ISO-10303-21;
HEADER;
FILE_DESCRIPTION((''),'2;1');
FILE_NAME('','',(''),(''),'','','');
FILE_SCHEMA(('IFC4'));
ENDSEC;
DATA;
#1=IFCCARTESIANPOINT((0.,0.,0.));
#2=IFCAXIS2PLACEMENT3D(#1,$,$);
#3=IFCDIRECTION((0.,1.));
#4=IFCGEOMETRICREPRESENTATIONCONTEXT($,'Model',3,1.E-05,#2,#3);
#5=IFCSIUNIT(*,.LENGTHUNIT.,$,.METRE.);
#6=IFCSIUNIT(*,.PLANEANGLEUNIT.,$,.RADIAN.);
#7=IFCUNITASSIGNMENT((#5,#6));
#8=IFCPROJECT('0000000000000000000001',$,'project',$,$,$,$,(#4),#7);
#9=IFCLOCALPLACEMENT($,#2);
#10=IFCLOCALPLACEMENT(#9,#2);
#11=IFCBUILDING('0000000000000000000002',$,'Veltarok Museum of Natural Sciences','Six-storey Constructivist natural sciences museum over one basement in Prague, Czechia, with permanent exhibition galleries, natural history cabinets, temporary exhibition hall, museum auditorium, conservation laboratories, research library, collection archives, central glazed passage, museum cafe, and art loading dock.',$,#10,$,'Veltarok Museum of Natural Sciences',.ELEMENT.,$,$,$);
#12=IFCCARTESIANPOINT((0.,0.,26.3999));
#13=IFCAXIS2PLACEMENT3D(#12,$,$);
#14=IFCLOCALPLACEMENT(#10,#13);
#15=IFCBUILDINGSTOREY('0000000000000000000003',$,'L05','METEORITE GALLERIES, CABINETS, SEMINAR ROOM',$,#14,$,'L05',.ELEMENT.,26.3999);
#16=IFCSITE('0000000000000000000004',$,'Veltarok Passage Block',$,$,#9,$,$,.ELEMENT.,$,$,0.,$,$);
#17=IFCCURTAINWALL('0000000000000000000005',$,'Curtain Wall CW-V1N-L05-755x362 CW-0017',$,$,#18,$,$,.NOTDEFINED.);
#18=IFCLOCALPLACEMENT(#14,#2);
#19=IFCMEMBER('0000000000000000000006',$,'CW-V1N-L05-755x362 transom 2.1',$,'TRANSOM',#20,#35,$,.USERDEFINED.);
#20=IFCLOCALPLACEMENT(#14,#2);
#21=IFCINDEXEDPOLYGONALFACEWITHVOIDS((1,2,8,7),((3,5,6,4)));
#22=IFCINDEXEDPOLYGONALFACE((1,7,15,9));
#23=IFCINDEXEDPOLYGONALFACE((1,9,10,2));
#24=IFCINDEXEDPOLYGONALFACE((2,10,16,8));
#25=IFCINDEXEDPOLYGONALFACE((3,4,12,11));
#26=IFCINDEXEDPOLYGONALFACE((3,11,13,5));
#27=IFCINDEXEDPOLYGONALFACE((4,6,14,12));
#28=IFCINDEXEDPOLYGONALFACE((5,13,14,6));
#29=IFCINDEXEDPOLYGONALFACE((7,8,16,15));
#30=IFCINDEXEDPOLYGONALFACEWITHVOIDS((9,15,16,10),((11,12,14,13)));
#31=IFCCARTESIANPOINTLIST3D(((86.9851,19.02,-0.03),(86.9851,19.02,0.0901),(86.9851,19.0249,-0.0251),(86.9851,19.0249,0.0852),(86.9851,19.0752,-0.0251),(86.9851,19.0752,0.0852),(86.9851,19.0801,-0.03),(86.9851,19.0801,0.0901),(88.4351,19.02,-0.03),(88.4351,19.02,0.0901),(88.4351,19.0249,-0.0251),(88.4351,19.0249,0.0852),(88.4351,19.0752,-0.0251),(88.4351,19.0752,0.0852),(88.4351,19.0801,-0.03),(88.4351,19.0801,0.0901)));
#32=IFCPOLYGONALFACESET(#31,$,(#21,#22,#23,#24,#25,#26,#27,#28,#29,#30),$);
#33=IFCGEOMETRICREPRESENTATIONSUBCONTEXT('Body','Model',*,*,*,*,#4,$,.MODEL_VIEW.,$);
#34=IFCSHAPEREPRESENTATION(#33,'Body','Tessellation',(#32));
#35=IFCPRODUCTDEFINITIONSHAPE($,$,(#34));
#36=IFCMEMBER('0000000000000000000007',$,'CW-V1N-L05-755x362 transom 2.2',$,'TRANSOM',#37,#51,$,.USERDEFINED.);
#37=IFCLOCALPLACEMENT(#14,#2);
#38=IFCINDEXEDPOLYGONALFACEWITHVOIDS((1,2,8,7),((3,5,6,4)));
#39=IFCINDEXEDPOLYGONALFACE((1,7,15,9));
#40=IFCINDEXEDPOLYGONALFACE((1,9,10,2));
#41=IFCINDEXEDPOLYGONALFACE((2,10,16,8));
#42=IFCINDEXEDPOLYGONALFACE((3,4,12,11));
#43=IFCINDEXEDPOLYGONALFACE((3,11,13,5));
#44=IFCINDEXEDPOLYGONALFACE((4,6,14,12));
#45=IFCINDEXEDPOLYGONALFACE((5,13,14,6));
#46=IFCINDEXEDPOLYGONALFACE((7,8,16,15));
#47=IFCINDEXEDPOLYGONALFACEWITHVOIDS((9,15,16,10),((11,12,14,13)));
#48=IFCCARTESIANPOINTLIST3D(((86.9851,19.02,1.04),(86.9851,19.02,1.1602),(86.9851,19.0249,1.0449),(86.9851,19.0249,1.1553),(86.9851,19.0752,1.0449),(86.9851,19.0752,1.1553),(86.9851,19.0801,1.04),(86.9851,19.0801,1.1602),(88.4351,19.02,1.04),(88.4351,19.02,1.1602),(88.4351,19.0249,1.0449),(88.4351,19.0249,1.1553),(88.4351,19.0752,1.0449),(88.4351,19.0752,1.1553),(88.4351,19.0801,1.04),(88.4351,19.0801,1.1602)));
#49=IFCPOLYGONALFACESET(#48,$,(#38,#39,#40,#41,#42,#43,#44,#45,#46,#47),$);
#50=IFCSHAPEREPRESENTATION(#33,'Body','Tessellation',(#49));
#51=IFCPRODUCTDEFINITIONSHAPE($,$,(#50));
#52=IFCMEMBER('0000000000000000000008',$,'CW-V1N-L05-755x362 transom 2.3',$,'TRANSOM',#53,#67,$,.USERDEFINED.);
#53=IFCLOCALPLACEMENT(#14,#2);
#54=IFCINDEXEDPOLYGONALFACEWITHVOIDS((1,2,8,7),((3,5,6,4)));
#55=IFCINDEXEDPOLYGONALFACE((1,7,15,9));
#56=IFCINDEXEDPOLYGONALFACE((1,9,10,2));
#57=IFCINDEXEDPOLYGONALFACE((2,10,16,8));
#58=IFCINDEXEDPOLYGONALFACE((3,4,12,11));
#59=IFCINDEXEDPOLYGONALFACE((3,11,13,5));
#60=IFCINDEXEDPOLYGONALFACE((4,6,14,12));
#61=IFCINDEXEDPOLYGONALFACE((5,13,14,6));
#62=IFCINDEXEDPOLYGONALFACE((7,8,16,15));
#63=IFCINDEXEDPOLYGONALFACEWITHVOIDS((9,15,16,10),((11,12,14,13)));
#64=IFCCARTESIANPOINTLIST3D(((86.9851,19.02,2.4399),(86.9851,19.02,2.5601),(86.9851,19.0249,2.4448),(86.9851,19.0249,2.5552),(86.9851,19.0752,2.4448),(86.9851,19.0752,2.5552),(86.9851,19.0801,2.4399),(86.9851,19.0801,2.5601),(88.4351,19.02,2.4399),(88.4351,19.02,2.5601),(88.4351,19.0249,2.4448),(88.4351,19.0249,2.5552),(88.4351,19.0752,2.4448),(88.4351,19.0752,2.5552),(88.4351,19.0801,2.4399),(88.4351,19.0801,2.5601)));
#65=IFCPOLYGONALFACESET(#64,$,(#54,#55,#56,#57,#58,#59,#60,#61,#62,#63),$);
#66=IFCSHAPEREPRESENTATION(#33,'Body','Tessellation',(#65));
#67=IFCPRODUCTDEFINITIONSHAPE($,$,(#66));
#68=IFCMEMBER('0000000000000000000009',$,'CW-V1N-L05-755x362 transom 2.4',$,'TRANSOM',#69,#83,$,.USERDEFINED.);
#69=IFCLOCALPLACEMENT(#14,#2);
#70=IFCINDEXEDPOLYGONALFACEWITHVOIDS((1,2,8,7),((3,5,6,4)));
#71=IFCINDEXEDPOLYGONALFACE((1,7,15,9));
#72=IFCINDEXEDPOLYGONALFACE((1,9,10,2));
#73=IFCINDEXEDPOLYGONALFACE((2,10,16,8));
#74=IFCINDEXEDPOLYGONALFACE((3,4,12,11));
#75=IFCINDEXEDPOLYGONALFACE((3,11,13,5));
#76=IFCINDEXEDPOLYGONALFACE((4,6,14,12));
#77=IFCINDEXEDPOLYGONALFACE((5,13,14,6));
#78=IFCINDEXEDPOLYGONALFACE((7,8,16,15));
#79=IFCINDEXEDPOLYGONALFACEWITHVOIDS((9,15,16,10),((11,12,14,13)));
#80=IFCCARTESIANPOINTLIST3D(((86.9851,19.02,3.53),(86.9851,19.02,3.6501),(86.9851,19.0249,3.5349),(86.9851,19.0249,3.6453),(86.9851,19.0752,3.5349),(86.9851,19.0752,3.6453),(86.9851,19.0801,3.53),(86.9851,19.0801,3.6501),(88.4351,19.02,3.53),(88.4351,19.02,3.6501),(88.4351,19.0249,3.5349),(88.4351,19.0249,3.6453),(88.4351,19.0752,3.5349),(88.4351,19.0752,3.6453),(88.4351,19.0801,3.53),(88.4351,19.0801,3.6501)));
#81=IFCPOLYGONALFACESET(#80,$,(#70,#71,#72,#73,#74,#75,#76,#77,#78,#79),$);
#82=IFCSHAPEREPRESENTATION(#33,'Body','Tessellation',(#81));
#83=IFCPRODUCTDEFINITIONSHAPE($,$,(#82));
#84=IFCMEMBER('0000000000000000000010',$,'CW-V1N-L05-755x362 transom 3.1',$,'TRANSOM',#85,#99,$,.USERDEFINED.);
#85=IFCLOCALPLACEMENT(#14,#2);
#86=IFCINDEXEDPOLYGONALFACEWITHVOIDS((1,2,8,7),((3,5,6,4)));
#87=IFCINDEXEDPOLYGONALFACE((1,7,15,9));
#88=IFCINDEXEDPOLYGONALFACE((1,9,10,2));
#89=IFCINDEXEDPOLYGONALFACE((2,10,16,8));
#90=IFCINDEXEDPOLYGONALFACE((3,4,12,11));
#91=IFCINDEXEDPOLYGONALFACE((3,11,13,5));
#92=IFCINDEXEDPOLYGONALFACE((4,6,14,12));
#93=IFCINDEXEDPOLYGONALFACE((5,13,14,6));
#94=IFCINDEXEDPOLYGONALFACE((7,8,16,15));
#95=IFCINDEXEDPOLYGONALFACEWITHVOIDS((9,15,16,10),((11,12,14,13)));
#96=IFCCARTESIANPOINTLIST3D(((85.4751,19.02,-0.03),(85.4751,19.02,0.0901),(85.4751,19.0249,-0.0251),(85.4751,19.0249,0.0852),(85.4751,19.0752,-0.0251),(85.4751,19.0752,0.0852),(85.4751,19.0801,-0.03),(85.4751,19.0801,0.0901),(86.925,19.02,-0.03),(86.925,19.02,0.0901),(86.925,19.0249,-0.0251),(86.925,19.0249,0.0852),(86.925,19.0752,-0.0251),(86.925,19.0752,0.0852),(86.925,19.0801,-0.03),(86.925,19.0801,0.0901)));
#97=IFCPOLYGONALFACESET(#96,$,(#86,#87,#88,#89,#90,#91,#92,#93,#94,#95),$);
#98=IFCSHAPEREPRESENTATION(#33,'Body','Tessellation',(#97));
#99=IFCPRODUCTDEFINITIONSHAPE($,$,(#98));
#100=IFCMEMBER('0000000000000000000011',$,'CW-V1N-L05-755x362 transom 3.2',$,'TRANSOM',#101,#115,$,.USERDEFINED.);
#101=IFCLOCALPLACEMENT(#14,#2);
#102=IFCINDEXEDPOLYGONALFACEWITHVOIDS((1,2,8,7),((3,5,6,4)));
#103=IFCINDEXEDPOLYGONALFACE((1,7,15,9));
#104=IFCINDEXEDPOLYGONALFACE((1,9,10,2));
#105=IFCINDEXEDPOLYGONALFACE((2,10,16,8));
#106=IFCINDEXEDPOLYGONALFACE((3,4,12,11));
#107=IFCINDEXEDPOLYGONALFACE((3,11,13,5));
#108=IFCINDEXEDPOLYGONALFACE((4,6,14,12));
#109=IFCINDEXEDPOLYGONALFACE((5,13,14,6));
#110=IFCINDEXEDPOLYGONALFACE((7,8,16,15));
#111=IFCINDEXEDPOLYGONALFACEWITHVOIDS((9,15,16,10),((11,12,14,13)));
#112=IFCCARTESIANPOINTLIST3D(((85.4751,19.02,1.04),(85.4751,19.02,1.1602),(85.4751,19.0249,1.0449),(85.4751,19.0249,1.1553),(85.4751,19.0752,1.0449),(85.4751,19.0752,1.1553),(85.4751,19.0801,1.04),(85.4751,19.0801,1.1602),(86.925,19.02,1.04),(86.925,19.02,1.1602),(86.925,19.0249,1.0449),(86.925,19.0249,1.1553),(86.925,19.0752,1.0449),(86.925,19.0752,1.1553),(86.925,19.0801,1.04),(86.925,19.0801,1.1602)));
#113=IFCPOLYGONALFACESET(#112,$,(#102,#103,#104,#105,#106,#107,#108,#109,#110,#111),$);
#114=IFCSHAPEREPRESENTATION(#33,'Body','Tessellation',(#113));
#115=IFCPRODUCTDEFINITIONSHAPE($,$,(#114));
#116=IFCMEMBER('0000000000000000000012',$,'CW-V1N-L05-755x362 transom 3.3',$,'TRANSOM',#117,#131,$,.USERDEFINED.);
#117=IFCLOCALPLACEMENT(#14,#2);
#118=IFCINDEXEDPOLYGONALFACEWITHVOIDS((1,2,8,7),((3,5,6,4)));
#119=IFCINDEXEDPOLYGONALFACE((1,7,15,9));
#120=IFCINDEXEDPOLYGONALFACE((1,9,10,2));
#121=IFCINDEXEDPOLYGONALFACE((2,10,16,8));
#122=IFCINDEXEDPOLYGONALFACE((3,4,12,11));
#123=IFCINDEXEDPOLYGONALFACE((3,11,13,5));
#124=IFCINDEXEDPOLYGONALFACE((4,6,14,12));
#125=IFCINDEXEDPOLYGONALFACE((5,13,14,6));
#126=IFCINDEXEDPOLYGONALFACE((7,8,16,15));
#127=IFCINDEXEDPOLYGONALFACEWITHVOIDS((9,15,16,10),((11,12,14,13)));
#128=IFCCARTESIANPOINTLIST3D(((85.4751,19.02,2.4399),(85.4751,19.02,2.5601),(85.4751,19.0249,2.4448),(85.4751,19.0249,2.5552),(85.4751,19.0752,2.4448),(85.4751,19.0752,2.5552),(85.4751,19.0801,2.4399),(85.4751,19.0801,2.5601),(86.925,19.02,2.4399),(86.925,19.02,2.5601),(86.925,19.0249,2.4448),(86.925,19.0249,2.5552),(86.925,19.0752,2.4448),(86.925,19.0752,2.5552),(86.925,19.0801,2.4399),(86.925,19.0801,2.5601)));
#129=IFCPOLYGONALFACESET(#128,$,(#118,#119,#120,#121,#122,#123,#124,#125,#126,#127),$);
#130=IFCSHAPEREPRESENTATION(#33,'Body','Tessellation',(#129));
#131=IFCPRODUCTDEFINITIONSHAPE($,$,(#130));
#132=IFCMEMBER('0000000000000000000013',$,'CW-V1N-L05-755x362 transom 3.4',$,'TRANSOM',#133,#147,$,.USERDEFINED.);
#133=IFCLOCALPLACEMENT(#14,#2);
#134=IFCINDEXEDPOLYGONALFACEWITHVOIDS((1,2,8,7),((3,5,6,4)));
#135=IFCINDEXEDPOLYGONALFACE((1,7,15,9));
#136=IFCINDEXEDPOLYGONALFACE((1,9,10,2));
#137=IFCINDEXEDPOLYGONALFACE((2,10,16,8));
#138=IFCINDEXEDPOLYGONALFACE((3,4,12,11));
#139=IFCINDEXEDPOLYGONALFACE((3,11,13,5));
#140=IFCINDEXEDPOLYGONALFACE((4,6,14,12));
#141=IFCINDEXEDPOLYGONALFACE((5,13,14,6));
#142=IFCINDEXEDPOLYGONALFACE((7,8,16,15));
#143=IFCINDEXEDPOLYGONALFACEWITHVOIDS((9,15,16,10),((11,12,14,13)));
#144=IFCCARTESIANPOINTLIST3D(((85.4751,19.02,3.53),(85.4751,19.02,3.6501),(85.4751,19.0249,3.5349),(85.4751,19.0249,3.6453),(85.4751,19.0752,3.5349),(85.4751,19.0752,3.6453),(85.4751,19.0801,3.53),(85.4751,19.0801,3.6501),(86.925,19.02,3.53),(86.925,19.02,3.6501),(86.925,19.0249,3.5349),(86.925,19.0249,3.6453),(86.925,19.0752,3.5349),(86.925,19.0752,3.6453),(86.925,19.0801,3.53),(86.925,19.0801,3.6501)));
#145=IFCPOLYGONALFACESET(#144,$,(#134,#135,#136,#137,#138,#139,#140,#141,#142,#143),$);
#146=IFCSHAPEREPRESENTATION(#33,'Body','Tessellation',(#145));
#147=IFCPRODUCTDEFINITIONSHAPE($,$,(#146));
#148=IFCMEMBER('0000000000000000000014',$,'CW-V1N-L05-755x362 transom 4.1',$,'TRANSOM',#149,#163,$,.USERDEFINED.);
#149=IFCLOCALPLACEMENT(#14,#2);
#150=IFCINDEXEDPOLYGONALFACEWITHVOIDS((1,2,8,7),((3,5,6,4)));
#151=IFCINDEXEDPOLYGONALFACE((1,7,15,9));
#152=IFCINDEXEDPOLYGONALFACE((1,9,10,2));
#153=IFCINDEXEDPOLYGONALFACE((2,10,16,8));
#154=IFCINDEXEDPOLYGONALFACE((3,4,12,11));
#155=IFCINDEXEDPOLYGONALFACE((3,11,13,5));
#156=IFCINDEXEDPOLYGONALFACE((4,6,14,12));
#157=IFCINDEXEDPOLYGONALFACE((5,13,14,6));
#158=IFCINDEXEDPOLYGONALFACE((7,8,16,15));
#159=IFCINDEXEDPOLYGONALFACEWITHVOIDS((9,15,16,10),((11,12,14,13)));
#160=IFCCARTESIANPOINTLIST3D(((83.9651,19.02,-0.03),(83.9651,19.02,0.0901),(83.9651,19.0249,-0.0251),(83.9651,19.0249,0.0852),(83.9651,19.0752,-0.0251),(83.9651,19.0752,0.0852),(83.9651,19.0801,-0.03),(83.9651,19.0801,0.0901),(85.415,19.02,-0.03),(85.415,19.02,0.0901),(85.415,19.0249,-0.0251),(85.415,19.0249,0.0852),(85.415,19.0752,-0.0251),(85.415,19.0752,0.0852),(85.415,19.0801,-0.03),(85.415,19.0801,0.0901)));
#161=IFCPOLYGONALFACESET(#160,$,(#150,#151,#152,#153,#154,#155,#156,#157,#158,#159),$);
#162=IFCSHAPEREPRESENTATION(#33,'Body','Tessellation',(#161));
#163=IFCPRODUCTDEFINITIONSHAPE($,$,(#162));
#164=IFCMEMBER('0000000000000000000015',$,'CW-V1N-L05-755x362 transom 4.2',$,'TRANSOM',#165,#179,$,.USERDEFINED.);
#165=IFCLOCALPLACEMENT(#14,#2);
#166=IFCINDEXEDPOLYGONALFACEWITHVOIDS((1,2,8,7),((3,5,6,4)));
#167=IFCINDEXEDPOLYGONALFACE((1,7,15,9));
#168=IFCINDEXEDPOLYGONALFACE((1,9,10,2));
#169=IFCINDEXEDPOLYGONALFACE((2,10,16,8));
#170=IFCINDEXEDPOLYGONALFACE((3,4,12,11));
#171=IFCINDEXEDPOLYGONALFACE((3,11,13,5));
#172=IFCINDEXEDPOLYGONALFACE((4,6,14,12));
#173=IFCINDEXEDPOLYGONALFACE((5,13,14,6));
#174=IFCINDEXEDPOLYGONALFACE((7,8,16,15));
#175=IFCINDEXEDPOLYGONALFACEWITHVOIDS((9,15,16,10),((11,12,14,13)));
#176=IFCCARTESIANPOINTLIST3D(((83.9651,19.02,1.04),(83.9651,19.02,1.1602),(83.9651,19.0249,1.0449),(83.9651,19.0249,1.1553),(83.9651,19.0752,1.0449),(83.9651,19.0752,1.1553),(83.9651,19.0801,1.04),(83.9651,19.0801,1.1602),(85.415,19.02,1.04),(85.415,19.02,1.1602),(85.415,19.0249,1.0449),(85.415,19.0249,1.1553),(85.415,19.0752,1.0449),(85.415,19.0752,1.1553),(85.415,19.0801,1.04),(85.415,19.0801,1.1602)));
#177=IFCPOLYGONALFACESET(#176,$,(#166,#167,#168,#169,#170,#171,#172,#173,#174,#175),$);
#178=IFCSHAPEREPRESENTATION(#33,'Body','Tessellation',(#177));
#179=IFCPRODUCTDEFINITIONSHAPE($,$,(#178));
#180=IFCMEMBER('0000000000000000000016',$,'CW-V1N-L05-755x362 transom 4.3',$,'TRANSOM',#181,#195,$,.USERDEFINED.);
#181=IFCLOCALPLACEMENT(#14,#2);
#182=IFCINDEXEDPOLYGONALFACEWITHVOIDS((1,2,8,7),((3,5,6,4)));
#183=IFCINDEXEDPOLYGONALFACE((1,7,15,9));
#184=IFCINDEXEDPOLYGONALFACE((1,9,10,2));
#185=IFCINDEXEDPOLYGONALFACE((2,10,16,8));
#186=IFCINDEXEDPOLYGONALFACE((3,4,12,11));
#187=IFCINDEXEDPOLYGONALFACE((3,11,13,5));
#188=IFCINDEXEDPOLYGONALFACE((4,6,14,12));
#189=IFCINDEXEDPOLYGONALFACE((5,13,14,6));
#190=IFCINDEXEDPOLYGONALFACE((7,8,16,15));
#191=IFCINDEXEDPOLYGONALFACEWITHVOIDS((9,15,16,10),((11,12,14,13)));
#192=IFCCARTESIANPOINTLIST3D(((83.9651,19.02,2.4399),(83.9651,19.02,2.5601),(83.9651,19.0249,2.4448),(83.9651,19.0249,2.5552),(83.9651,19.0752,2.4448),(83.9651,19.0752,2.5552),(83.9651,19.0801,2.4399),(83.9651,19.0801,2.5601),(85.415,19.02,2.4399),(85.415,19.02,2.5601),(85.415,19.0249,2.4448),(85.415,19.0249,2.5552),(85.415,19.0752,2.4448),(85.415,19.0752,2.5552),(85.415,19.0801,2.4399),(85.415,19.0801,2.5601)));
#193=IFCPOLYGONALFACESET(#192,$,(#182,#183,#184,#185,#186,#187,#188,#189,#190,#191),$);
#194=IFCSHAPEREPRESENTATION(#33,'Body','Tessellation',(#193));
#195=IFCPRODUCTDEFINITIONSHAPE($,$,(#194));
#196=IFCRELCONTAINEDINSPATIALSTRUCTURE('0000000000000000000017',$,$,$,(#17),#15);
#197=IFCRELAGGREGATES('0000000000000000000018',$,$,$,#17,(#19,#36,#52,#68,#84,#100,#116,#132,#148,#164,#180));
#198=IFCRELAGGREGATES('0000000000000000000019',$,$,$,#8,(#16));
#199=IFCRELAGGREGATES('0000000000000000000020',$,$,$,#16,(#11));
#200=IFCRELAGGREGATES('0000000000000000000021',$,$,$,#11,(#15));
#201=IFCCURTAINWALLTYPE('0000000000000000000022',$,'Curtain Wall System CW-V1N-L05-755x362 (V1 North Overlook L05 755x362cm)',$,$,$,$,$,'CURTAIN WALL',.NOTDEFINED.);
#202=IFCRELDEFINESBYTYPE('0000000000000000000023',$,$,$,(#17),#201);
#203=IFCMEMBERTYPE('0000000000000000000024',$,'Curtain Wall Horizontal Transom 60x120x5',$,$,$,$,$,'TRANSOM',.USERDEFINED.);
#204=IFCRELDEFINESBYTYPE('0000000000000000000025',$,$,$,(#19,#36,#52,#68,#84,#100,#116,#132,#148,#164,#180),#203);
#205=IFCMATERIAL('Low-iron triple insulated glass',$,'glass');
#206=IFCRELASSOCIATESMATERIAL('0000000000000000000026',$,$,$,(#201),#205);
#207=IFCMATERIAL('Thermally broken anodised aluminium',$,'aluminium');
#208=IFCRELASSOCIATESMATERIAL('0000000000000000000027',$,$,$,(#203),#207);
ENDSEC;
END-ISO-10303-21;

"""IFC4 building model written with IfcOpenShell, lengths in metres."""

from ifc_helpers import new_model, si_unit, direction, frame, origin, origin_2d, place, context, subcontext, project, spatial, hollow_rectangle, extrude, material, material_profile, profile_set, type_object, element, aggregate, save


model = new_model("IFC4")

# Units and contexts
model_context = context("Model", 3, precision=1e-05, world=origin(), true_north=direction((0.0, 1.0)))
body_context = subcontext(model_context, "Body", "Model", "MODEL_VIEW")
ifc_project = project(units=[si_unit("LENGTHUNIT", "METRE"), si_unit("PLANEANGLEUNIT", "RADIAN")], contexts=[model_context])

# Site, building, storey
site_placement = place(None, origin())
site = spatial("IfcSite", under=ifc_project, at=site_placement, Name="Veltarok Passage Block", CompositionType="ELEMENT", RefElevation=0.0)
building_placement = place(site_placement, origin())
building = spatial("IfcBuilding", under=site, at=building_placement, Name="Veltarok Museum of Natural Sciences", Description="Six-storey Constructivist natural sciences museum over one basement in Prague, Czechia, with permanent exhibition galleries, natural history cabinets, temporary exhibition hall, museum auditorium, conservation laboratories, research library, collection archives, central glazed passage, museum cafe, and art loading dock.", LongName="Veltarok Museum of Natural Sciences", CompositionType="ELEMENT")
storey_placement = place(building_placement, frame((0.0, 0.0, 26.3999)))
storey = spatial("IfcBuildingStorey", under=building, at=storey_placement, Name="L05", Description="METEORITE GALLERIES, CABINETS, SEMINAR ROOM", LongName="L05", CompositionType="ELEMENT", Elevation=26.3999)

# Curtain wall, members
ifc_material_1 = material(Name="Low-iron triple insulated glass", Category="glass")
curtain_wall_type = type_object("IfcCurtainWallType", Name="Curtain Wall System CW-V1N-L05-755x362 (V1 North Overlook L05 755x362cm)", ElementType="CURTAIN WALL", PredefinedType="NOTDEFINED", material=ifc_material_1)
curtain_wall_placement = place(storey_placement, origin())
curtain_wall = element("IfcCurtainWall", 1, at=curtain_wall_placement, inside=storey, type_object=curtain_wall_type, Name="Curtain Wall CW-V1N-L05-755x362 CW-0017", PredefinedType="NOTDEFINED")
ifc_material_2 = material(Name="Thermally broken anodised aluminium", Category="aluminium")
ifc_material_profile_1 = material_profile(ifc_material_2, hollow_rectangle(XDim=0.0601, YDim=0.1201, WallThickness=0.0049, at=origin_2d()), Name="CW TRANSOM 60x120x5")
ifc_profile_set_1 = profile_set([ifc_material_profile_1], Name="Thermally broken anodised aluminium")
member_type_1 = type_object("IfcMemberType", Name="Curtain Wall Horizontal Transom 60x120x5", ElementType="TRANSOM", PredefinedType="USERDEFINED", material=ifc_profile_set_1)
member_1_placement = place(storey_placement, frame((88.4351, 19.05, 0.03), z_axis=(-1.0, 0.0, 0.0), x_axis=(0.0, -1.0, 0.0)))
member_1 = element("IfcMember", 2, at=member_1_placement, type_object=member_type_1, Name="CW-V1N-L05-755x362 transom 2.1", ObjectType="TRANSOM", PredefinedType="USERDEFINED", context=body_context, shape_type="SweptSolid", body=[
    extrude(hollow_rectangle(XDim=0.0601, YDim=0.1201, WallThickness=0.0049, at=origin_2d()), origin(), (0.0, 0.0, 1.0), 1.45),
])
member_2_placement = place(storey_placement, frame((88.4351, 19.05, 1.1001), z_axis=(-1.0, 0.0, 0.0), x_axis=(0.0, -1.0, 0.0)))
member_2 = element("IfcMember", 3, at=member_2_placement, type_object=member_type_1, Name="CW-V1N-L05-755x362 transom 2.2", ObjectType="TRANSOM", PredefinedType="USERDEFINED", context=body_context, shape_type="SweptSolid", body=[
    extrude(hollow_rectangle(XDim=0.0601, YDim=0.1201, WallThickness=0.0049, at=origin_2d()), origin(), (0.0, 0.0, 1.0), 1.45),
])
member_3_placement = place(storey_placement, frame((88.4351, 19.05, 2.5), z_axis=(-1.0, 0.0, 0.0), x_axis=(0.0, -1.0, 0.0)))
member_3 = element("IfcMember", 4, at=member_3_placement, type_object=member_type_1, Name="CW-V1N-L05-755x362 transom 2.3", ObjectType="TRANSOM", PredefinedType="USERDEFINED", context=body_context, shape_type="SweptSolid", body=[
    extrude(hollow_rectangle(XDim=0.0601, YDim=0.1201, WallThickness=0.0049, at=origin_2d()), origin(), (0.0, 0.0, 1.0), 1.45),
])
member_4_placement = place(storey_placement, frame((88.4351, 19.05, 3.5901), z_axis=(-1.0, 0.0, 0.0), x_axis=(0.0, -1.0, 0.0)))
member_4 = element("IfcMember", 5, at=member_4_placement, type_object=member_type_1, Name="CW-V1N-L05-755x362 transom 2.4", ObjectType="TRANSOM", PredefinedType="USERDEFINED", context=body_context, shape_type="SweptSolid", body=[
    extrude(hollow_rectangle(XDim=0.0601, YDim=0.1201, WallThickness=0.0049, at=origin_2d()), origin(), (0.0, 0.0, 1.0), 1.45),
])
member_5_placement = place(storey_placement, frame((86.925, 19.05, 0.03), z_axis=(-1.0, 0.0, 0.0), x_axis=(0.0, -1.0, 0.0)))
member_5 = element("IfcMember", 6, at=member_5_placement, type_object=member_type_1, Name="CW-V1N-L05-755x362 transom 3.1", ObjectType="TRANSOM", PredefinedType="USERDEFINED", context=body_context, shape_type="SweptSolid", body=[
    extrude(hollow_rectangle(XDim=0.0601, YDim=0.1201, WallThickness=0.0049, at=origin_2d()), origin(), (0.0, 0.0, 1.0), 1.45),
])
member_6_placement = place(storey_placement, frame((86.925, 19.05, 1.1001), z_axis=(-1.0, 0.0, 0.0), x_axis=(0.0, -1.0, 0.0)))
member_6 = element("IfcMember", 7, at=member_6_placement, type_object=member_type_1, Name="CW-V1N-L05-755x362 transom 3.2", ObjectType="TRANSOM", PredefinedType="USERDEFINED", context=body_context, shape_type="SweptSolid", body=[
    extrude(hollow_rectangle(XDim=0.0601, YDim=0.1201, WallThickness=0.0049, at=origin_2d()), origin(), (0.0, 0.0, 1.0), 1.45),
])
member_7_placement = place(storey_placement, frame((86.925, 19.05, 2.5), z_axis=(-1.0, 0.0, 0.0), x_axis=(0.0, -1.0, 0.0)))
member_7 = element("IfcMember", 8, at=member_7_placement, type_object=member_type_1, Name="CW-V1N-L05-755x362 transom 3.3", ObjectType="TRANSOM", PredefinedType="USERDEFINED", context=body_context, shape_type="SweptSolid", body=[
    extrude(hollow_rectangle(XDim=0.0601, YDim=0.1201, WallThickness=0.0049, at=origin_2d()), origin(), (0.0, 0.0, 1.0), 1.45),
])
member_8_placement = place(storey_placement, frame((86.925, 19.05, 3.5901), z_axis=(-1.0, 0.0, 0.0), x_axis=(0.0, -1.0, 0.0)))
member_8 = element("IfcMember", 9, at=member_8_placement, type_object=member_type_1, Name="CW-V1N-L05-755x362 transom 3.4", ObjectType="TRANSOM", PredefinedType="USERDEFINED", context=body_context, shape_type="SweptSolid", body=[
    extrude(hollow_rectangle(XDim=0.0601, YDim=0.1201, WallThickness=0.0049, at=origin_2d()), origin(), (0.0, 0.0, 1.0), 1.45),
])
member_9_placement = place(storey_placement, frame((85.415, 19.05, 0.03), z_axis=(-1.0, 0.0, 0.0), x_axis=(0.0, -1.0, 0.0)))
member_9 = element("IfcMember", 10, at=member_9_placement, type_object=member_type_1, Name="CW-V1N-L05-755x362 transom 4.1", ObjectType="TRANSOM", PredefinedType="USERDEFINED", context=body_context, shape_type="SweptSolid", body=[
    extrude(hollow_rectangle(XDim=0.0601, YDim=0.1201, WallThickness=0.0049, at=origin_2d()), origin(), (0.0, 0.0, 1.0), 1.45),
])
member_10_placement = place(storey_placement, frame((85.415, 19.05, 1.1001), z_axis=(-1.0, 0.0, 0.0), x_axis=(0.0, -1.0, 0.0)))
member_10 = element("IfcMember", 11, at=member_10_placement, type_object=member_type_1, Name="CW-V1N-L05-755x362 transom 4.2", ObjectType="TRANSOM", PredefinedType="USERDEFINED", context=body_context, shape_type="SweptSolid", body=[
    extrude(hollow_rectangle(XDim=0.0601, YDim=0.1201, WallThickness=0.0049, at=origin_2d()), origin(), (0.0, 0.0, 1.0), 1.45),
])
member_11_placement = place(storey_placement, frame((85.415, 19.05, 2.5), z_axis=(-1.0, 0.0, 0.0), x_axis=(0.0, -1.0, 0.0)))
member_11 = element("IfcMember", 12, at=member_11_placement, type_object=member_type_1, Name="CW-V1N-L05-755x362 transom 4.3", ObjectType="TRANSOM", PredefinedType="USERDEFINED", context=body_context, shape_type="SweptSolid", body=[
    extrude(hollow_rectangle(XDim=0.0601, YDim=0.1201, WallThickness=0.0049, at=origin_2d()), origin(), (0.0, 0.0, 1.0), 1.45),
])
aggregate(curtain_wall, [member_1, member_2, member_3, member_4, member_5, member_6, member_7, member_8, member_9, member_10, member_11])

save(model, "model.ifc")
